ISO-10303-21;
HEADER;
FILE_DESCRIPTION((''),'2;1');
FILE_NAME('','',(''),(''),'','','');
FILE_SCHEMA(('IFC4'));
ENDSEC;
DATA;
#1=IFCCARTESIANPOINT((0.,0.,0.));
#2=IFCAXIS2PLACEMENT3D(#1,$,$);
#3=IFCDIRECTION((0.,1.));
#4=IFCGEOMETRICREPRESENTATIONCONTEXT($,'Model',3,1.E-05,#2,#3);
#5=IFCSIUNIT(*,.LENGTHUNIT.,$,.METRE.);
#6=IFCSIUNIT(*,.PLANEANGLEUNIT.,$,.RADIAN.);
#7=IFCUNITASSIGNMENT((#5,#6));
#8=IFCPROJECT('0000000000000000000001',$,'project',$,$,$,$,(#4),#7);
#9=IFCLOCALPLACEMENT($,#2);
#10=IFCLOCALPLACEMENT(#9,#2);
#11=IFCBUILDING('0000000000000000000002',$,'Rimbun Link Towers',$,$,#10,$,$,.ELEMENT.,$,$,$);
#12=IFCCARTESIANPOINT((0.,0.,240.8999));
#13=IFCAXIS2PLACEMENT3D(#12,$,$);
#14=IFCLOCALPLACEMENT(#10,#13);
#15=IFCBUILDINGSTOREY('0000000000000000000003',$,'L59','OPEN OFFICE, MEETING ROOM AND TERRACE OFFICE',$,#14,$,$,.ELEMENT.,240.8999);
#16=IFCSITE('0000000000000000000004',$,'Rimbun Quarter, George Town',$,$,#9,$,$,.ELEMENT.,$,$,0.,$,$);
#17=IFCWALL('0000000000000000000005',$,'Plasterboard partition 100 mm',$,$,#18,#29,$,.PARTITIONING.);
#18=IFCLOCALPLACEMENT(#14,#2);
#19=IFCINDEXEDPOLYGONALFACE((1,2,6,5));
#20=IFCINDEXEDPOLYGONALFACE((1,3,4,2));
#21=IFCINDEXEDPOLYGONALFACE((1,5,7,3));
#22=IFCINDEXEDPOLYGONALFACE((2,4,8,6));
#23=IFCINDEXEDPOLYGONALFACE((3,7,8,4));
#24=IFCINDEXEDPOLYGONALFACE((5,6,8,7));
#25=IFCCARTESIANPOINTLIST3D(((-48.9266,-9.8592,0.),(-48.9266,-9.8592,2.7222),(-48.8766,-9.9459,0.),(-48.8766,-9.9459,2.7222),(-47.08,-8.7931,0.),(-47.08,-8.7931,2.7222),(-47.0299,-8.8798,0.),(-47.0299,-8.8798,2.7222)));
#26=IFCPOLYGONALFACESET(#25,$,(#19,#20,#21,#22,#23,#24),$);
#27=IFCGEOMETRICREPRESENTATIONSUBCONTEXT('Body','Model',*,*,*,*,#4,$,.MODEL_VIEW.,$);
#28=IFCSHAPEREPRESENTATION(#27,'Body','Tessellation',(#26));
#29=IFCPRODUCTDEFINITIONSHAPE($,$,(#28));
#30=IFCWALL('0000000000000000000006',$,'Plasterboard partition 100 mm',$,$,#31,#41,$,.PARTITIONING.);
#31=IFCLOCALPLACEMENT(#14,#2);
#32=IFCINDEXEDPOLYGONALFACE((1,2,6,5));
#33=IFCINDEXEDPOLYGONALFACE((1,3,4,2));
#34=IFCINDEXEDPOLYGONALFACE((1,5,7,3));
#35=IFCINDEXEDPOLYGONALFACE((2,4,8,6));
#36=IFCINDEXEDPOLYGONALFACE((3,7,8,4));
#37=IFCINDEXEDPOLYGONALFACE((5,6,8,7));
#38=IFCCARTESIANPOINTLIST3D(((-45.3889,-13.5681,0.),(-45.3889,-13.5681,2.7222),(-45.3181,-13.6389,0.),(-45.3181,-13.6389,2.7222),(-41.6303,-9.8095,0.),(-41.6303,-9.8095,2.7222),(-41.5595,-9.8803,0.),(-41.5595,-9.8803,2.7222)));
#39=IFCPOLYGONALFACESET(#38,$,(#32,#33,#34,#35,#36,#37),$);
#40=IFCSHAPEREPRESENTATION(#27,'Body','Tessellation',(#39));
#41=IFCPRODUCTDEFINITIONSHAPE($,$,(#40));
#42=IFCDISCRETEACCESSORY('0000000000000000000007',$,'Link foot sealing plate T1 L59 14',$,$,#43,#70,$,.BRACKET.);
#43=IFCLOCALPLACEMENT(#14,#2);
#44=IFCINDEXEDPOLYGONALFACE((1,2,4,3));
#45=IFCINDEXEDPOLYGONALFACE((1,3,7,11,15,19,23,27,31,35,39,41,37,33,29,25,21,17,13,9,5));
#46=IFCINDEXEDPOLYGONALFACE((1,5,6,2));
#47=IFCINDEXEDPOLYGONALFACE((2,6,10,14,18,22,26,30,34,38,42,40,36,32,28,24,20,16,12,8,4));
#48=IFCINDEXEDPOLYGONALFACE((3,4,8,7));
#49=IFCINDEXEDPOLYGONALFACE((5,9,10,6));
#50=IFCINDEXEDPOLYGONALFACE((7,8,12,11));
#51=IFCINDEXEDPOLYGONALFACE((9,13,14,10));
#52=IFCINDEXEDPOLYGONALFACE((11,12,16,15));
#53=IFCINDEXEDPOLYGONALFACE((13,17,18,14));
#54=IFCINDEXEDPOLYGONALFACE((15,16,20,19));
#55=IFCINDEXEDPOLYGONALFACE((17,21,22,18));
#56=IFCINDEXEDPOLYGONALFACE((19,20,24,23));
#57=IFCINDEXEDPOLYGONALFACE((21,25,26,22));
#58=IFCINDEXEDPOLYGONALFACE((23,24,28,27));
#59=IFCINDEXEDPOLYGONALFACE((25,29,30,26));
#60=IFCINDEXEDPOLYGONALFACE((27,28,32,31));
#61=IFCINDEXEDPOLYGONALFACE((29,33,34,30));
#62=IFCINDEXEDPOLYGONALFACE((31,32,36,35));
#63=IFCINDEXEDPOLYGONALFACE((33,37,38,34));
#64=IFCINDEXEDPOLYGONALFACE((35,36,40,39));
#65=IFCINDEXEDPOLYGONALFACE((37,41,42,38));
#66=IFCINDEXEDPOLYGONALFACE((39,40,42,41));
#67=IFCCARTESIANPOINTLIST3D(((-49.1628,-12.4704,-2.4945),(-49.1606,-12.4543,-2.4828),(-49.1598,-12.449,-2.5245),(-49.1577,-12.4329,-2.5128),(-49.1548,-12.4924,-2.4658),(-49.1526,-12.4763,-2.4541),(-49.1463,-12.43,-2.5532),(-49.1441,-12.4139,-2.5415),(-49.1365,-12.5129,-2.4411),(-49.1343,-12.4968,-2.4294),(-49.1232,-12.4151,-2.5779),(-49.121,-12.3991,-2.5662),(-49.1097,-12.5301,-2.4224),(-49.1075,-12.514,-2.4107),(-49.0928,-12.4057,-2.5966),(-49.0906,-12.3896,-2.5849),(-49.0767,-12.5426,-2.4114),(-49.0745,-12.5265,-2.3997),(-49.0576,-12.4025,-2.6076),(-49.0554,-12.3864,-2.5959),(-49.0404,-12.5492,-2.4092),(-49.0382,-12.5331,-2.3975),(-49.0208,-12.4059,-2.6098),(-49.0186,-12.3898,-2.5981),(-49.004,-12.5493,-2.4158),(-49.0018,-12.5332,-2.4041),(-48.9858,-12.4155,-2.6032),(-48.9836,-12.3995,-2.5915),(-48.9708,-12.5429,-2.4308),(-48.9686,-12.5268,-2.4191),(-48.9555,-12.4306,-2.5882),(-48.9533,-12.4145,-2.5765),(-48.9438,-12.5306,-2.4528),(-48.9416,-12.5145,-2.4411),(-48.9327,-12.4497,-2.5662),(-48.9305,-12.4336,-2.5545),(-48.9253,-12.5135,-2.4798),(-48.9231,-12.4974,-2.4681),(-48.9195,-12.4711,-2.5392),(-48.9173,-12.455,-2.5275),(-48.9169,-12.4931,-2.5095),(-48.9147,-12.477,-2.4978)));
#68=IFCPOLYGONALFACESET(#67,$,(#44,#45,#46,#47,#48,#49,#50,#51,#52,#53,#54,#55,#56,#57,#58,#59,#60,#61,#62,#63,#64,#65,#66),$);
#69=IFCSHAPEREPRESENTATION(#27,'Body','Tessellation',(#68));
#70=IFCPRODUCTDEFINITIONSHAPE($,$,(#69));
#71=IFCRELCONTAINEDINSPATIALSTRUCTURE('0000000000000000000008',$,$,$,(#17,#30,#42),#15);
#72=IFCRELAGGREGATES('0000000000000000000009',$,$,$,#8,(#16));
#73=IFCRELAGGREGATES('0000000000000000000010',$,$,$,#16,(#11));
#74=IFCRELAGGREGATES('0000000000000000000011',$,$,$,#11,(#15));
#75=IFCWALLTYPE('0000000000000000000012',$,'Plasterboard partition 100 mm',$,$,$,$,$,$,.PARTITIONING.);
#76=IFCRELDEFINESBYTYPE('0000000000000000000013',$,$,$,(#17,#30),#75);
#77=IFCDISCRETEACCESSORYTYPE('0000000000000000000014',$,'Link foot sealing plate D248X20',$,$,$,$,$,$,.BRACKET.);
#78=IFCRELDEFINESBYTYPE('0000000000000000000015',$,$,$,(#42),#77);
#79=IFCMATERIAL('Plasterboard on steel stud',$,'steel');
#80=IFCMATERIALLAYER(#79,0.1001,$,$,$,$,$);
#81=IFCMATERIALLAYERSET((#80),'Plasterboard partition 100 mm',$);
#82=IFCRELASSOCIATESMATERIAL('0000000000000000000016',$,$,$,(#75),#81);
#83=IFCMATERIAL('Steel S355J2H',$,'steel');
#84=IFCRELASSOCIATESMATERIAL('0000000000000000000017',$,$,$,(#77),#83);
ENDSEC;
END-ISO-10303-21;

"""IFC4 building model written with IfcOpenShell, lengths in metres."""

from ifc_helpers import new_model, si_unit, direction, frame, frame_2d, origin, origin_2d, place, context, subcontext, project, spatial, rectangle, circle, extrude, material, layer, layer_set, material_profile, profile_set, type_object, element, save


model = new_model("IFC4")

# Units and contexts
model_context = context("Model", 3, precision=1e-05, world=origin(), true_north=direction((0.0, 1.0)))
body_context = subcontext(model_context, "Body", "Model", "MODEL_VIEW")
ifc_project = project(units=[si_unit("LENGTHUNIT", "METRE"), si_unit("PLANEANGLEUNIT", "RADIAN")], contexts=[model_context])

# Site, building, storey
site_placement = place(None, origin())
site = spatial("IfcSite", under=ifc_project, at=site_placement, Name="Rimbun Quarter, George Town", CompositionType="ELEMENT", RefElevation=0.0)
building_placement = place(site_placement, origin())
building = spatial("IfcBuilding", under=site, at=building_placement, Name="Rimbun Link Towers", CompositionType="ELEMENT")
storey_placement = place(building_placement, frame((0.0, 0.0, 240.8999)))
storey = spatial("IfcBuildingStorey", under=building, at=storey_placement, Name="L59", Description="OPEN OFFICE, MEETING ROOM AND TERRACE OFFICE", CompositionType="ELEMENT", Elevation=240.8999)

# Walls
ifc_material_1 = material(Name="Plasterboard on steel stud", Category="steel")
ifc_layer_1 = layer(ifc_material_1, 0.1001)
ifc_layer_set_1 = layer_set([ifc_layer_1], Name="Plasterboard partition 100 mm")
wall_type_1 = type_object("IfcWallType", Name="Plasterboard partition 100 mm", PredefinedType="PARTITIONING", material=ifc_layer_set_1)
wall_1_placement = place(storey_placement, frame((-48.9016, -9.9026, 0.0), z_axis=(0.0, 0.0, 1.0), x_axis=(0.866029, 0.499993, 0.0)))
element("IfcWall", 1, at=wall_1_placement, inside=storey, type_object=wall_type_1, Name="Plasterboard partition 100 mm", PredefinedType="PARTITIONING", context=body_context, shape_type="SweptSolid", body=[
    extrude(rectangle(XDim=2.1323, YDim=0.1001, at=frame_2d((1.0662, 0.0))), origin(), (0.0, 0.0, 1.0), 2.7222),
])
wall_2_placement = place(storey_placement, frame((-45.3535, -13.6035, 0.0), z_axis=(0.0, 0.0, 1.0), x_axis=(0.707107, 0.707107, 0.0)))
element("IfcWall", 2, at=wall_2_placement, inside=storey, type_object=wall_type_1, Name="Plasterboard partition 100 mm", PredefinedType="PARTITIONING", context=body_context, shape_type="SweptSolid", body=[
    extrude(rectangle(XDim=5.3154, YDim=0.1001, at=frame_2d((2.6577, 0.0))), origin(), (0.0, 0.0, 1.0), 2.7222),
])

# Discrete accessory
ifc_material_2 = material(Name="Steel S355J2H", Category="steel")
ifc_material_profile_1 = material_profile(ifc_material_2, circle(Radius=0.124, at=origin_2d()), Name="PL D248")
ifc_profile_set_1 = profile_set([ifc_material_profile_1], Name="Steel S355J2H")
discrete_accessory_type = type_object("IfcDiscreteAccessoryType", Name="Link foot sealing plate D248X20", PredefinedType="BRACKET", material=ifc_profile_set_1)
discrete_accessory_placement = place(storey_placement, frame((-49.0376, -12.4602, -2.4978), z_axis=(-0.109618, -0.803863, -0.584627), x_axis=(0.99083, -0.135113, 0.0)))
element("IfcDiscreteAccessory", 3, at=discrete_accessory_placement, inside=storey, type_object=discrete_accessory_type, Name="Link foot sealing plate T1 L59 14", PredefinedType="BRACKET", context=body_context, shape_type="SweptSolid", body=[
    extrude(circle(Radius=0.124, at=origin_2d()), origin(), (0.0, 0.0, 1.0), 0.02),
])

save(model, "model.ifc")
